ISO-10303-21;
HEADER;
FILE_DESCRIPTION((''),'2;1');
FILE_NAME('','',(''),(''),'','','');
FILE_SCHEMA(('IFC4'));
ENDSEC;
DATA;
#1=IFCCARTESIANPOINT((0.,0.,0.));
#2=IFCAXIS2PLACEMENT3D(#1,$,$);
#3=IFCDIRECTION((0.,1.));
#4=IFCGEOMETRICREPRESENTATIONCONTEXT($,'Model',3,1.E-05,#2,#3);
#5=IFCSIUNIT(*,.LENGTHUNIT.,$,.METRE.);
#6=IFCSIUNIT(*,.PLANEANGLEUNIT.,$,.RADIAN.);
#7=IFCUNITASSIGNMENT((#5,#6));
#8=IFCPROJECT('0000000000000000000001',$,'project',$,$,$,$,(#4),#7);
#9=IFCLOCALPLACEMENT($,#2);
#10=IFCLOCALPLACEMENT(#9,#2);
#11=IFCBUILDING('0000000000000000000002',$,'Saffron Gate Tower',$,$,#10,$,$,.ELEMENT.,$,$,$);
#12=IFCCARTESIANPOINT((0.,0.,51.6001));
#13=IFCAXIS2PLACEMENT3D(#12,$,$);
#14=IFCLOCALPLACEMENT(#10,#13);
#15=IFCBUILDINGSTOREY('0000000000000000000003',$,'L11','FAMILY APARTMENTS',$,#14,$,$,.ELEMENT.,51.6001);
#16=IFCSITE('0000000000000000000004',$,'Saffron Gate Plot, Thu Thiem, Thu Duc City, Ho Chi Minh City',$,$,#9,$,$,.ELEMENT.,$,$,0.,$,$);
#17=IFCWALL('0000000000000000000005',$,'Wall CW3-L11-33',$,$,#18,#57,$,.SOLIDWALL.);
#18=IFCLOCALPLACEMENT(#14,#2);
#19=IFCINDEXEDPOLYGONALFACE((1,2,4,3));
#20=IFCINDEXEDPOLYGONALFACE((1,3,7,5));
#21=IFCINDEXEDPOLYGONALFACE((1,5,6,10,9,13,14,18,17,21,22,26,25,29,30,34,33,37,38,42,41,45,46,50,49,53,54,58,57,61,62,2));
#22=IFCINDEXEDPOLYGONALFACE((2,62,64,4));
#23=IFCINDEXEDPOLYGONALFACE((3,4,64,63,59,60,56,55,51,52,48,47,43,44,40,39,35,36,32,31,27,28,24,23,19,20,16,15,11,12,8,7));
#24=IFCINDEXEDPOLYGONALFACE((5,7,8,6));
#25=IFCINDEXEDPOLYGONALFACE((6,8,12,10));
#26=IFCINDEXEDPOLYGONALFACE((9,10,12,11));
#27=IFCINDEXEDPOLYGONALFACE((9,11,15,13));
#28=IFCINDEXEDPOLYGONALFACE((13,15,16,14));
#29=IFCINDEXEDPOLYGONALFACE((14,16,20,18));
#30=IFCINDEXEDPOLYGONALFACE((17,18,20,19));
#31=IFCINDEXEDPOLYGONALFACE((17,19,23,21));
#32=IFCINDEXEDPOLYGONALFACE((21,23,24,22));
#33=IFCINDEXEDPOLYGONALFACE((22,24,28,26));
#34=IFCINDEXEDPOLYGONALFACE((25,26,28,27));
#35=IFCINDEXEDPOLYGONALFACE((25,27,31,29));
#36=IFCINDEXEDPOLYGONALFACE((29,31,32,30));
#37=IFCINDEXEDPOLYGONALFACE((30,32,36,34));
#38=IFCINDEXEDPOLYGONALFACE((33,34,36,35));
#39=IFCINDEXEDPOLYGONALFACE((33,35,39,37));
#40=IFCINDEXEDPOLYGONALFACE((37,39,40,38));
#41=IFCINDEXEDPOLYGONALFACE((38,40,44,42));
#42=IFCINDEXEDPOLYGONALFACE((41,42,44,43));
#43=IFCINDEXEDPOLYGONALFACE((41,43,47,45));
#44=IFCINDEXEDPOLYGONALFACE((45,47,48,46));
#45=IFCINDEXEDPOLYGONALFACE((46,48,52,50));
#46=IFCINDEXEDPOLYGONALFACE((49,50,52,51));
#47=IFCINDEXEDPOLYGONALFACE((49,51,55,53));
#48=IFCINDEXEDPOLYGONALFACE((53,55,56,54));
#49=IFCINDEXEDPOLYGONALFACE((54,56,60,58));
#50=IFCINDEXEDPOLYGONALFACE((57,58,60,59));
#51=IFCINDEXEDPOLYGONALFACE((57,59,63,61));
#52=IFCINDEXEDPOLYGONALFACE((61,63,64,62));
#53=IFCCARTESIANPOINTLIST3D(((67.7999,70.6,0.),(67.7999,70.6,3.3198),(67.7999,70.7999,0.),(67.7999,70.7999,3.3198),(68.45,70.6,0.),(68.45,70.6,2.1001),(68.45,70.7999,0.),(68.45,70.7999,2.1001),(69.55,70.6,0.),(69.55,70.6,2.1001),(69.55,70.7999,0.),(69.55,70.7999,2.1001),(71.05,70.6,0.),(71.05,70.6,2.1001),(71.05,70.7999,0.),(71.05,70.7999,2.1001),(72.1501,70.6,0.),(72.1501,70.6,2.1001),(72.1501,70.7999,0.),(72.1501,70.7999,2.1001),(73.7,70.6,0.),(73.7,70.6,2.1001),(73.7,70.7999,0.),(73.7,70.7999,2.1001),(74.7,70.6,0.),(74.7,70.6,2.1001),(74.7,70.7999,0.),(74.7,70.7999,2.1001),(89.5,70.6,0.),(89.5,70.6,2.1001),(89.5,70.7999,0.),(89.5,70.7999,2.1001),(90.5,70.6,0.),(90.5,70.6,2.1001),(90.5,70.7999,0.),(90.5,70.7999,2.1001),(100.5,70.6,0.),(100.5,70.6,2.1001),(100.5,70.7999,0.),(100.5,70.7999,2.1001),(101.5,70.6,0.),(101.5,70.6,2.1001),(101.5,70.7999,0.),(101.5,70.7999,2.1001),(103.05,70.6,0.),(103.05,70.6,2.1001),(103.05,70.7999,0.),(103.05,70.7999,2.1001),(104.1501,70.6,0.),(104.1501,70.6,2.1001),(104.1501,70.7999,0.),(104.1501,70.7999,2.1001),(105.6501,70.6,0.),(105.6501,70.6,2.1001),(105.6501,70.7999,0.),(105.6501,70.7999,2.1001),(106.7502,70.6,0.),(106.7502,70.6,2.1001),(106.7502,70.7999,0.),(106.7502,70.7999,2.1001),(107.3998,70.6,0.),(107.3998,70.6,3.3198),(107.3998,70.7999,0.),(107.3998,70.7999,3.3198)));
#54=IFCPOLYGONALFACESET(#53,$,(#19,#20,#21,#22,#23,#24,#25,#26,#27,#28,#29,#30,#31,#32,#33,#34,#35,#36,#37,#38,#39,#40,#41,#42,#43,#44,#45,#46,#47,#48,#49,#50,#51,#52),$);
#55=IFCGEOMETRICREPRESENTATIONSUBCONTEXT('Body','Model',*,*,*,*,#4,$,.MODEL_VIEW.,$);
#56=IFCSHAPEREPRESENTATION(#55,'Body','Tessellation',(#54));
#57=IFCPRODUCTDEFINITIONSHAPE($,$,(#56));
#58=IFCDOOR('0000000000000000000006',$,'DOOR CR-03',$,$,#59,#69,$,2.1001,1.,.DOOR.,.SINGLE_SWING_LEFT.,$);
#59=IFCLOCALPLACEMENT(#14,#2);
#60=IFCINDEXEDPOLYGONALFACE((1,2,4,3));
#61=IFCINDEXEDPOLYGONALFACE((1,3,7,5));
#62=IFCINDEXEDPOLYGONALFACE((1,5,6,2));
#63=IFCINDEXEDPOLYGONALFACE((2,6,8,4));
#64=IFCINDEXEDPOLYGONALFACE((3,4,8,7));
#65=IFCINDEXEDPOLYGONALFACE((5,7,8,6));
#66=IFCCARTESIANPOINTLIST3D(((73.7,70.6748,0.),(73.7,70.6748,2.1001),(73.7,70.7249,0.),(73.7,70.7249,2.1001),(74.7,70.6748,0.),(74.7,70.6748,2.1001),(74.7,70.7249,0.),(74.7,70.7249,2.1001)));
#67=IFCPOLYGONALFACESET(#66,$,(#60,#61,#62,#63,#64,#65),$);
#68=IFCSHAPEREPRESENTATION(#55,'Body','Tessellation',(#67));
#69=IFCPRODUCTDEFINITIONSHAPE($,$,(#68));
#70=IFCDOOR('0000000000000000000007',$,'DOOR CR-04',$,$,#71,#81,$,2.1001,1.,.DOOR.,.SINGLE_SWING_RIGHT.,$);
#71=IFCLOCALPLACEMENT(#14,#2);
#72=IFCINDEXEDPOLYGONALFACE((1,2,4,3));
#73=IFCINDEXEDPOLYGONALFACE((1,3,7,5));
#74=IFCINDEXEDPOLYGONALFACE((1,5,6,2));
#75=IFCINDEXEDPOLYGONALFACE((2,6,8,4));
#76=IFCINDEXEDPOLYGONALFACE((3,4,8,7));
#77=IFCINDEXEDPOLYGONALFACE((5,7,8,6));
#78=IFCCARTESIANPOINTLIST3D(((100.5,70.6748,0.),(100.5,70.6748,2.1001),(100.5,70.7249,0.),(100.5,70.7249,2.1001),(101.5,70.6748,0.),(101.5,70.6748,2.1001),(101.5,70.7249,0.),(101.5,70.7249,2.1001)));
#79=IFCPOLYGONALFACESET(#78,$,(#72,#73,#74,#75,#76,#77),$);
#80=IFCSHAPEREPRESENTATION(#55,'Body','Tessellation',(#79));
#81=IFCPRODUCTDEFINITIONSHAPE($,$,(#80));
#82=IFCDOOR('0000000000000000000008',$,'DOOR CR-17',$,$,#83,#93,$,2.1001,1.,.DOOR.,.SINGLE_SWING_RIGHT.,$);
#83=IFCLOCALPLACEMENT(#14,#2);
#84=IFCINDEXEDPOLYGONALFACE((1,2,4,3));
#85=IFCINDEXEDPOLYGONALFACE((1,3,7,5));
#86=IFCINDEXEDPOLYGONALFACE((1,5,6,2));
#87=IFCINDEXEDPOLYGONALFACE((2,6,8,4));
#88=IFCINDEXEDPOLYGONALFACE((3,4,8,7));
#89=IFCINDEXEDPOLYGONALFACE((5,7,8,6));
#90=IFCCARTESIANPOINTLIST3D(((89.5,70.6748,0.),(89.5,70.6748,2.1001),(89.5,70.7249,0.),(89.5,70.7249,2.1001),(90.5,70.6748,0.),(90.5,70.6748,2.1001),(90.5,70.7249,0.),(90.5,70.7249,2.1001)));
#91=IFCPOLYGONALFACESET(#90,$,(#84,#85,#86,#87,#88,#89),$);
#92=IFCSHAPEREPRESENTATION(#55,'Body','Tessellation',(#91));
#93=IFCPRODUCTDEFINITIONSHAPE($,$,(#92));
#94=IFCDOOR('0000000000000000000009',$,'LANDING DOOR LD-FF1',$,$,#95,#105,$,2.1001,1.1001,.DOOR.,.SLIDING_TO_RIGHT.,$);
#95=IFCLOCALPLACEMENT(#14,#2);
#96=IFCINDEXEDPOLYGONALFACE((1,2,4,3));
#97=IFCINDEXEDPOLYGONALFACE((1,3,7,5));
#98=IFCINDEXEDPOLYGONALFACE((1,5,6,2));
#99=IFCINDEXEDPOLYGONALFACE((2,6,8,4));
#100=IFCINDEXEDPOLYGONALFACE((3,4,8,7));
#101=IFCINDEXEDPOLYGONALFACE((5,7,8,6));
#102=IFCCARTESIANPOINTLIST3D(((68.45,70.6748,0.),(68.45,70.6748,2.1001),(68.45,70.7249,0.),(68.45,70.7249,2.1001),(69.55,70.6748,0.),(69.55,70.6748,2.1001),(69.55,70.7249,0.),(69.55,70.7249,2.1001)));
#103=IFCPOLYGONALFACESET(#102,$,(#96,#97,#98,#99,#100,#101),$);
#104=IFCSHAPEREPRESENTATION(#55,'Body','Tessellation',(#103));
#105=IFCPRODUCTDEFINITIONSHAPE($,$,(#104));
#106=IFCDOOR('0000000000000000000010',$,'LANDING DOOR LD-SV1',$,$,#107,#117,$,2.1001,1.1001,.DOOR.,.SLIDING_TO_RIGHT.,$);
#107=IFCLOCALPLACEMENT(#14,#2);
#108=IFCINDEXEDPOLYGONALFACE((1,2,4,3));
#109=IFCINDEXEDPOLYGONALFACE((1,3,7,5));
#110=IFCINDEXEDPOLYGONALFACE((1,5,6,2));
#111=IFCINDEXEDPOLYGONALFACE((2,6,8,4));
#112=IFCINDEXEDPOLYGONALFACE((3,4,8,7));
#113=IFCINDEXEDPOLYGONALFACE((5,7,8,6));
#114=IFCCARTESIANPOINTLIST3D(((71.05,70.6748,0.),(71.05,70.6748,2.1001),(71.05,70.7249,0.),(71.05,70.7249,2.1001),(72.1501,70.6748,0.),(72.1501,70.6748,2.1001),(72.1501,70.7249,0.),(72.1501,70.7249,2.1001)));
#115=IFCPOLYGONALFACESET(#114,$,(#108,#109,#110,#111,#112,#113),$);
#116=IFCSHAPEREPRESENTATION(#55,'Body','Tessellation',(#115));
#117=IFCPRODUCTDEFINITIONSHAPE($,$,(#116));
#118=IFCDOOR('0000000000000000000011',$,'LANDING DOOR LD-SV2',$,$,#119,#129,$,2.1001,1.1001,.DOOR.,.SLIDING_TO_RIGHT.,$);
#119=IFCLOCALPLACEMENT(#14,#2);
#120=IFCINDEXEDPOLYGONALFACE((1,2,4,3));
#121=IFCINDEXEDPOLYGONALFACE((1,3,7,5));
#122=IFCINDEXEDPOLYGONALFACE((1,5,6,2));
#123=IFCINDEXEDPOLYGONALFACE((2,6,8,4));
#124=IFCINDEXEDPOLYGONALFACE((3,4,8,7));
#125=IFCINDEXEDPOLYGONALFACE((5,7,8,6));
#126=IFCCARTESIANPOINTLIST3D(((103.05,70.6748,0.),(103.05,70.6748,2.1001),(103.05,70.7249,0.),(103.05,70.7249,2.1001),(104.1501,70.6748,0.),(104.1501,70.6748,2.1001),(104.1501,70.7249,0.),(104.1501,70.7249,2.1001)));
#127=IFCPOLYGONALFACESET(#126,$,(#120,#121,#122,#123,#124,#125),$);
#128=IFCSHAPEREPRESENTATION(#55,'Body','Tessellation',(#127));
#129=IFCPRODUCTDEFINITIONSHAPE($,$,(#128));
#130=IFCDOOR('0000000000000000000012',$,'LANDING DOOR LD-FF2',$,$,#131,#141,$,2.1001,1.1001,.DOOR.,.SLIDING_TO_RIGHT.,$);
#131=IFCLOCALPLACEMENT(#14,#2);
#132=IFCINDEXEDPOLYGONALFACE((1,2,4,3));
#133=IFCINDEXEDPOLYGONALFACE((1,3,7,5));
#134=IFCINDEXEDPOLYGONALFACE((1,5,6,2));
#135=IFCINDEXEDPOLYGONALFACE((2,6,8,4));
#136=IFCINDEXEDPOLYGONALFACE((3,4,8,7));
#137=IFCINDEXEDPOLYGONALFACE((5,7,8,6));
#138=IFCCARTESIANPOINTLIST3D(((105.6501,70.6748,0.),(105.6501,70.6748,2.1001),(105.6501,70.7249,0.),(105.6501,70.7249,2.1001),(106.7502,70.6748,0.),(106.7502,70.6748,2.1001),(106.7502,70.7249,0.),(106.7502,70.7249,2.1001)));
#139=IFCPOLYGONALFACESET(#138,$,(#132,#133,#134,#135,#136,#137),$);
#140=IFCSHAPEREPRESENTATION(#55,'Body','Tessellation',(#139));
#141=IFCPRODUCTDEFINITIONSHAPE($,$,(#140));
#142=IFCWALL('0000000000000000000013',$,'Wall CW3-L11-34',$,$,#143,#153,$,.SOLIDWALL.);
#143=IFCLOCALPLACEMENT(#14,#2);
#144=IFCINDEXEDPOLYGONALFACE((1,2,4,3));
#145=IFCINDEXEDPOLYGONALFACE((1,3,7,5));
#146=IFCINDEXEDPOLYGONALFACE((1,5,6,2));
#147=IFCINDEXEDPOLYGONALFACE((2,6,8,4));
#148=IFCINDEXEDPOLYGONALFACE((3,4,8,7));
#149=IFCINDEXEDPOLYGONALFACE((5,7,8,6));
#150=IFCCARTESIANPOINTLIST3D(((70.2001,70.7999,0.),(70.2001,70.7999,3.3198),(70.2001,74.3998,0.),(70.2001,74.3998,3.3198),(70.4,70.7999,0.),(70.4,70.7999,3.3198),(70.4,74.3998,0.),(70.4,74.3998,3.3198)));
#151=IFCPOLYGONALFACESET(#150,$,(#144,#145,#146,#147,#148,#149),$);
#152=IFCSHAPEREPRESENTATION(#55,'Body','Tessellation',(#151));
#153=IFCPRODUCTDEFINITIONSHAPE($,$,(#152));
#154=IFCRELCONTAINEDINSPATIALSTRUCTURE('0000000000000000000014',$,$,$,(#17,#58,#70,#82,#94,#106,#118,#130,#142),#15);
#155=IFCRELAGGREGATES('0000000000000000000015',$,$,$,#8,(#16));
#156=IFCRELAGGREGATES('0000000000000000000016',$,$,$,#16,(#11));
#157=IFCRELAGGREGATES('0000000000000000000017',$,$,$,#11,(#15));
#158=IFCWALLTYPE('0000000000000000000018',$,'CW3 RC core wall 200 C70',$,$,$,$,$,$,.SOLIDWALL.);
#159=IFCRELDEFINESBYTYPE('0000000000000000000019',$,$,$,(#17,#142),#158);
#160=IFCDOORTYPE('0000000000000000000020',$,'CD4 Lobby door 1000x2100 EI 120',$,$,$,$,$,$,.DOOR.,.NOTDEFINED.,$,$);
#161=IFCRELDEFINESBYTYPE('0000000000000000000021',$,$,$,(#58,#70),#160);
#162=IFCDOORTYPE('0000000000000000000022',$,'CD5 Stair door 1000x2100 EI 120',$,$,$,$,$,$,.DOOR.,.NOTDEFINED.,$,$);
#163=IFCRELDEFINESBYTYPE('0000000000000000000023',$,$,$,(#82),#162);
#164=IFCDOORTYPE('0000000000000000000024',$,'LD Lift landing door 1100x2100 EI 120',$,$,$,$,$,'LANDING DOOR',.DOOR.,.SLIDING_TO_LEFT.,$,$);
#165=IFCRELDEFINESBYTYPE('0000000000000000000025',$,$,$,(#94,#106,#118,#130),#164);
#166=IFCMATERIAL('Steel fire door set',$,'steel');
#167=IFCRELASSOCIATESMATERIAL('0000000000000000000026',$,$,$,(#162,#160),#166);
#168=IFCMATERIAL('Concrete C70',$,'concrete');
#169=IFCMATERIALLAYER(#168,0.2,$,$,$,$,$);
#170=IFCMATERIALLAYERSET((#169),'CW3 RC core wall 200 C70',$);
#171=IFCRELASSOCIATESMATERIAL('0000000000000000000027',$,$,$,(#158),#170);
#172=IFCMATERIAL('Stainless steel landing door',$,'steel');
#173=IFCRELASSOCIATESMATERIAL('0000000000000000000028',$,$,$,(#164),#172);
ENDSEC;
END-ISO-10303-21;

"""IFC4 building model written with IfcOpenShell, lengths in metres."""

from ifc_helpers import new_model, si_unit, direction, frame, frame_2d, origin, place, context, subcontext, project, spatial, rectangle, extrude, material, layer, layer_set, type_object, element, fill, save


model = new_model("IFC4")

# Units and contexts
model_context = context("Model", 3, precision=1e-05, world=origin(), true_north=direction((0.0, 1.0)))
body_context = subcontext(model_context, "Body", "Model", "MODEL_VIEW")
ifc_project = project(units=[si_unit("LENGTHUNIT", "METRE"), si_unit("PLANEANGLEUNIT", "RADIAN")], contexts=[model_context])

# Site, building, storey
site_placement = place(None, origin())
site = spatial("IfcSite", under=ifc_project, at=site_placement, Name="Saffron Gate Plot, Thu Thiem, Thu Duc City, Ho Chi Minh City", CompositionType="ELEMENT", RefElevation=0.0)
building_placement = place(site_placement, origin())
building = spatial("IfcBuilding", under=site, at=building_placement, Name="Saffron Gate Tower", CompositionType="ELEMENT")
storey_placement = place(building_placement, frame((0.0, 0.0, 51.6001)))
storey = spatial("IfcBuildingStorey", under=building, at=storey_placement, Name="L11", Description="FAMILY APARTMENTS", CompositionType="ELEMENT", Elevation=51.6001)

# Shared definitions
ifc_material_1 = material(Name="Concrete C70", Category="concrete")

# Wall, openings, doors
ifc_material_2 = material(Name="Steel fire door set", Category="steel")
door_type_1 = type_object("IfcDoorType", Name="CD5 Stair door 1000x2100 EI 120", OperationType="NOTDEFINED", PredefinedType="DOOR", material=ifc_material_2)
ifc_layer_1 = layer(ifc_material_1, 0.2)
ifc_layer_set_1 = layer_set([ifc_layer_1], Name="CW3 RC core wall 200 C70")
wall_type_1 = type_object("IfcWallType", Name="CW3 RC core wall 200 C70", PredefinedType="SOLIDWALL", material=ifc_layer_set_1)
wall_1_placement = place(storey_placement, frame((67.8, 70.7, 0.0), z_axis=(0.0, 0.0, 1.0), x_axis=(1.0, 0.0, 0.0)))
wall_1 = element("IfcWall", 1, at=wall_1_placement, inside=storey, type_object=wall_type_1, Name="Wall CW3-L11-33", PredefinedType="SOLIDWALL", context=body_context, shape_type="SweptSolid", body=[
    extrude(rectangle(XDim=39.5999, YDim=0.2, at=frame_2d((19.7998, 0.0))), origin(), (0.0, 0.0, 1.0), 3.3198),
])
opening_1_placement = place(wall_1_placement, frame((0.6499, 0.0, 0.0)))
opening_1 = element("IfcOpeningElement", 2, at=opening_1_placement, cuts=wall_1, PredefinedType="OPENING", context=body_context, shape_type="SweptSolid", body=[
    extrude(rectangle(XDim=1.1001, YDim=2.1001, at=frame_2d((0.55, 1.05))), frame((0.0, 0.1099, 0.0), z_axis=(0.0, -1.0, 0.0), x_axis=(1.0, 0.0, 0.0)), (0.0, 0.0, 1.0), 0.22),
])
opening_2_placement = place(wall_1_placement, frame((3.25, 0.0, 0.0)))
opening_2 = element("IfcOpeningElement", 3, at=opening_2_placement, cuts=wall_1, PredefinedType="OPENING", context=body_context, shape_type="SweptSolid", body=[
    extrude(rectangle(XDim=1.1001, YDim=2.1001, at=frame_2d((0.55, 1.05))), frame((0.0, 0.1099, 0.0), z_axis=(0.0, -1.0, 0.0), x_axis=(1.0, 0.0, 0.0)), (0.0, 0.0, 1.0), 0.22),
])
opening_3_placement = place(wall_1_placement, frame((5.8999, 0.0, 0.0)))
opening_3 = element("IfcOpeningElement", 4, at=opening_3_placement, cuts=wall_1, PredefinedType="OPENING", context=body_context, shape_type="SweptSolid", body=[
    extrude(rectangle(XDim=1.0, YDim=2.1001, at=frame_2d((0.5, 1.05))), frame((0.0, 0.1099, 0.0), z_axis=(0.0, -1.0, 0.0), x_axis=(1.0, 0.0, 0.0)), (0.0, 0.0, 1.0), 0.22),
])
opening_4_placement = place(wall_1_placement, frame((21.7, 0.0, 0.0)))
opening_4 = element("IfcOpeningElement", 5, at=opening_4_placement, cuts=wall_1, PredefinedType="OPENING", context=body_context, shape_type="SweptSolid", body=[
    extrude(rectangle(XDim=1.0, YDim=2.1001, at=frame_2d((0.5, 1.05))), frame((0.0, 0.1099, 0.0), z_axis=(0.0, -1.0, 0.0), x_axis=(1.0, 0.0, 0.0)), (0.0, 0.0, 1.0), 0.22),
])
opening_5_placement = place(wall_1_placement, frame((32.7, 0.0, 0.0)))
opening_5 = element("IfcOpeningElement", 6, at=opening_5_placement, cuts=wall_1, PredefinedType="OPENING", context=body_context, shape_type="SweptSolid", body=[
    extrude(rectangle(XDim=1.0, YDim=2.1001, at=frame_2d((0.5, 1.05))), frame((0.0, 0.1099, 0.0), z_axis=(0.0, -1.0, 0.0), x_axis=(1.0, 0.0, 0.0)), (0.0, 0.0, 1.0), 0.22),
])
opening_6_placement = place(wall_1_placement, frame((35.25, 0.0, 0.0)))
opening_6 = element("IfcOpeningElement", 7, at=opening_6_placement, cuts=wall_1, PredefinedType="OPENING", context=body_context, shape_type="SweptSolid", body=[
    extrude(rectangle(XDim=1.1001, YDim=2.1001, at=frame_2d((0.55, 1.05))), frame((0.0, 0.1099, 0.0), z_axis=(0.0, -1.0, 0.0), x_axis=(1.0, 0.0, 0.0)), (0.0, 0.0, 1.0), 0.22),
])
opening_7_placement = place(wall_1_placement, frame((37.8501, 0.0, 0.0)))
opening_7 = element("IfcOpeningElement", 8, at=opening_7_placement, cuts=wall_1, PredefinedType="OPENING", context=body_context, shape_type="SweptSolid", body=[
    extrude(rectangle(XDim=1.1001, YDim=2.1001, at=frame_2d((0.55, 1.05))), frame((0.0, 0.1099, 0.0), z_axis=(0.0, -1.0, 0.0), x_axis=(1.0, 0.0, 0.0)), (0.0, 0.0, 1.0), 0.22),
])
door_type_2 = type_object("IfcDoorType", Name="CD4 Lobby door 1000x2100 EI 120", OperationType="NOTDEFINED", PredefinedType="DOOR", material=ifc_material_2)
door_1_placement = place(opening_3_placement, origin())
door_1 = element("IfcDoor", 9, at=door_1_placement, inside=storey, type_object=door_type_2, Name="DOOR CR-03", OperationType="SINGLE_SWING_LEFT", OverallHeight=2.1001, OverallWidth=1.0, PredefinedType="DOOR", context=body_context, shape_type="SweptSolid", body=[
    extrude(rectangle(XDim=1.0, YDim=2.1001, at=frame_2d((0.5, 1.05))), frame((0.0, 0.0249, 0.0), z_axis=(0.0, -1.0, 0.0), x_axis=(1.0, 0.0, 0.0)), (0.0, 0.0, 1.0), 0.05),
])
fill(opening_3, door_1)
door_2_placement = place(opening_5_placement, origin())
door_2 = element("IfcDoor", 10, at=door_2_placement, inside=storey, type_object=door_type_2, Name="DOOR CR-04", OperationType="SINGLE_SWING_RIGHT", OverallHeight=2.1001, OverallWidth=1.0, PredefinedType="DOOR", context=body_context, shape_type="SweptSolid", body=[
    extrude(rectangle(XDim=1.0, YDim=2.1001, at=frame_2d((0.5, 1.05))), frame((0.0, 0.0249, 0.0), z_axis=(0.0, -1.0, 0.0), x_axis=(1.0, 0.0, 0.0)), (0.0, 0.0, 1.0), 0.05),
])
fill(opening_5, door_2)
door_3_placement = place(opening_4_placement, origin())
door_3 = element("IfcDoor", 11, at=door_3_placement, inside=storey, type_object=door_type_1, Name="DOOR CR-17", OperationType="SINGLE_SWING_RIGHT", OverallHeight=2.1001, OverallWidth=1.0, PredefinedType="DOOR", context=body_context, shape_type="SweptSolid", body=[
    extrude(rectangle(XDim=1.0, YDim=2.1001, at=frame_2d((0.5, 1.05))), frame((0.0, 0.0249, 0.0), z_axis=(0.0, -1.0, 0.0), x_axis=(1.0, 0.0, 0.0)), (0.0, 0.0, 1.0), 0.05),
])
fill(opening_4, door_3)
ifc_material_3 = material(Name="Stainless steel landing door", Category="steel")
door_type_3 = type_object("IfcDoorType", Name="LD Lift landing door 1100x2100 EI 120", ElementType="LANDING DOOR", OperationType="SLIDING_TO_LEFT", PredefinedType="DOOR", material=ifc_material_3)
door_4_placement = place(opening_1_placement, origin())
door_4 = element("IfcDoor", 12, at=door_4_placement, inside=storey, type_object=door_type_3, Name="LANDING DOOR LD-FF1", OperationType="SLIDING_TO_RIGHT", OverallHeight=2.1001, OverallWidth=1.1001, PredefinedType="DOOR", context=body_context, shape_type="SweptSolid", body=[
    extrude(rectangle(XDim=1.1001, YDim=2.1001, at=frame_2d((0.55, 1.05))), frame((0.0, 0.0249, 0.0), z_axis=(0.0, -1.0, 0.0), x_axis=(1.0, 0.0, 0.0)), (0.0, 0.0, 1.0), 0.05),
])
fill(opening_1, door_4)
door_5_placement = place(opening_2_placement, origin())
door_5 = element("IfcDoor", 13, at=door_5_placement, inside=storey, type_object=door_type_3, Name="LANDING DOOR LD-SV1", OperationType="SLIDING_TO_RIGHT", OverallHeight=2.1001, OverallWidth=1.1001, PredefinedType="DOOR", context=body_context, shape_type="SweptSolid", body=[
    extrude(rectangle(XDim=1.1001, YDim=2.1001, at=frame_2d((0.55, 1.05))), frame((0.0, 0.0249, 0.0), z_axis=(0.0, -1.0, 0.0), x_axis=(1.0, 0.0, 0.0)), (0.0, 0.0, 1.0), 0.05),
])
fill(opening_2, door_5)
door_6_placement = place(opening_6_placement, origin())
door_6 = element("IfcDoor", 14, at=door_6_placement, inside=storey, type_object=door_type_3, Name="LANDING DOOR LD-SV2", OperationType="SLIDING_TO_RIGHT", OverallHeight=2.1001, OverallWidth=1.1001, PredefinedType="DOOR", context=body_context, shape_type="SweptSolid", body=[
    extrude(rectangle(XDim=1.1001, YDim=2.1001, at=frame_2d((0.55, 1.05))), frame((0.0, 0.0249, 0.0), z_axis=(0.0, -1.0, 0.0), x_axis=(1.0, 0.0, 0.0)), (0.0, 0.0, 1.0), 0.05),
])
fill(opening_6, door_6)
door_7_placement = place(opening_7_placement, origin())
door_7 = element("IfcDoor", 15, at=door_7_placement, inside=storey, type_object=door_type_3, Name="LANDING DOOR LD-FF2", OperationType="SLIDING_TO_RIGHT", OverallHeight=2.1001, OverallWidth=1.1001, PredefinedType="DOOR", context=body_context, shape_type="SweptSolid", body=[
    extrude(rectangle(XDim=1.1001, YDim=2.1001, at=frame_2d((0.55, 1.05))), frame((0.0, 0.0249, 0.0), z_axis=(0.0, -1.0, 0.0), x_axis=(1.0, 0.0, 0.0)), (0.0, 0.0, 1.0), 0.05),
])
fill(opening_7, door_7)

# Wall
wall_2_placement = place(storey_placement, frame((70.3, 70.8, 0.0), z_axis=(0.0, 0.0, 1.0), x_axis=(0.0, 1.0, 0.0)))
element("IfcWall", 16, at=wall_2_placement, inside=storey, type_object=wall_type_1, Name="Wall CW3-L11-34", PredefinedType="SOLIDWALL", context=body_context, shape_type="SweptSolid", body=[
    extrude(rectangle(XDim=3.5999, YDim=0.2, at=frame_2d((1.7998, 0.0))), origin(), (0.0, 0.0, 1.0), 3.3198),
])

save(model, "model.ifc")
